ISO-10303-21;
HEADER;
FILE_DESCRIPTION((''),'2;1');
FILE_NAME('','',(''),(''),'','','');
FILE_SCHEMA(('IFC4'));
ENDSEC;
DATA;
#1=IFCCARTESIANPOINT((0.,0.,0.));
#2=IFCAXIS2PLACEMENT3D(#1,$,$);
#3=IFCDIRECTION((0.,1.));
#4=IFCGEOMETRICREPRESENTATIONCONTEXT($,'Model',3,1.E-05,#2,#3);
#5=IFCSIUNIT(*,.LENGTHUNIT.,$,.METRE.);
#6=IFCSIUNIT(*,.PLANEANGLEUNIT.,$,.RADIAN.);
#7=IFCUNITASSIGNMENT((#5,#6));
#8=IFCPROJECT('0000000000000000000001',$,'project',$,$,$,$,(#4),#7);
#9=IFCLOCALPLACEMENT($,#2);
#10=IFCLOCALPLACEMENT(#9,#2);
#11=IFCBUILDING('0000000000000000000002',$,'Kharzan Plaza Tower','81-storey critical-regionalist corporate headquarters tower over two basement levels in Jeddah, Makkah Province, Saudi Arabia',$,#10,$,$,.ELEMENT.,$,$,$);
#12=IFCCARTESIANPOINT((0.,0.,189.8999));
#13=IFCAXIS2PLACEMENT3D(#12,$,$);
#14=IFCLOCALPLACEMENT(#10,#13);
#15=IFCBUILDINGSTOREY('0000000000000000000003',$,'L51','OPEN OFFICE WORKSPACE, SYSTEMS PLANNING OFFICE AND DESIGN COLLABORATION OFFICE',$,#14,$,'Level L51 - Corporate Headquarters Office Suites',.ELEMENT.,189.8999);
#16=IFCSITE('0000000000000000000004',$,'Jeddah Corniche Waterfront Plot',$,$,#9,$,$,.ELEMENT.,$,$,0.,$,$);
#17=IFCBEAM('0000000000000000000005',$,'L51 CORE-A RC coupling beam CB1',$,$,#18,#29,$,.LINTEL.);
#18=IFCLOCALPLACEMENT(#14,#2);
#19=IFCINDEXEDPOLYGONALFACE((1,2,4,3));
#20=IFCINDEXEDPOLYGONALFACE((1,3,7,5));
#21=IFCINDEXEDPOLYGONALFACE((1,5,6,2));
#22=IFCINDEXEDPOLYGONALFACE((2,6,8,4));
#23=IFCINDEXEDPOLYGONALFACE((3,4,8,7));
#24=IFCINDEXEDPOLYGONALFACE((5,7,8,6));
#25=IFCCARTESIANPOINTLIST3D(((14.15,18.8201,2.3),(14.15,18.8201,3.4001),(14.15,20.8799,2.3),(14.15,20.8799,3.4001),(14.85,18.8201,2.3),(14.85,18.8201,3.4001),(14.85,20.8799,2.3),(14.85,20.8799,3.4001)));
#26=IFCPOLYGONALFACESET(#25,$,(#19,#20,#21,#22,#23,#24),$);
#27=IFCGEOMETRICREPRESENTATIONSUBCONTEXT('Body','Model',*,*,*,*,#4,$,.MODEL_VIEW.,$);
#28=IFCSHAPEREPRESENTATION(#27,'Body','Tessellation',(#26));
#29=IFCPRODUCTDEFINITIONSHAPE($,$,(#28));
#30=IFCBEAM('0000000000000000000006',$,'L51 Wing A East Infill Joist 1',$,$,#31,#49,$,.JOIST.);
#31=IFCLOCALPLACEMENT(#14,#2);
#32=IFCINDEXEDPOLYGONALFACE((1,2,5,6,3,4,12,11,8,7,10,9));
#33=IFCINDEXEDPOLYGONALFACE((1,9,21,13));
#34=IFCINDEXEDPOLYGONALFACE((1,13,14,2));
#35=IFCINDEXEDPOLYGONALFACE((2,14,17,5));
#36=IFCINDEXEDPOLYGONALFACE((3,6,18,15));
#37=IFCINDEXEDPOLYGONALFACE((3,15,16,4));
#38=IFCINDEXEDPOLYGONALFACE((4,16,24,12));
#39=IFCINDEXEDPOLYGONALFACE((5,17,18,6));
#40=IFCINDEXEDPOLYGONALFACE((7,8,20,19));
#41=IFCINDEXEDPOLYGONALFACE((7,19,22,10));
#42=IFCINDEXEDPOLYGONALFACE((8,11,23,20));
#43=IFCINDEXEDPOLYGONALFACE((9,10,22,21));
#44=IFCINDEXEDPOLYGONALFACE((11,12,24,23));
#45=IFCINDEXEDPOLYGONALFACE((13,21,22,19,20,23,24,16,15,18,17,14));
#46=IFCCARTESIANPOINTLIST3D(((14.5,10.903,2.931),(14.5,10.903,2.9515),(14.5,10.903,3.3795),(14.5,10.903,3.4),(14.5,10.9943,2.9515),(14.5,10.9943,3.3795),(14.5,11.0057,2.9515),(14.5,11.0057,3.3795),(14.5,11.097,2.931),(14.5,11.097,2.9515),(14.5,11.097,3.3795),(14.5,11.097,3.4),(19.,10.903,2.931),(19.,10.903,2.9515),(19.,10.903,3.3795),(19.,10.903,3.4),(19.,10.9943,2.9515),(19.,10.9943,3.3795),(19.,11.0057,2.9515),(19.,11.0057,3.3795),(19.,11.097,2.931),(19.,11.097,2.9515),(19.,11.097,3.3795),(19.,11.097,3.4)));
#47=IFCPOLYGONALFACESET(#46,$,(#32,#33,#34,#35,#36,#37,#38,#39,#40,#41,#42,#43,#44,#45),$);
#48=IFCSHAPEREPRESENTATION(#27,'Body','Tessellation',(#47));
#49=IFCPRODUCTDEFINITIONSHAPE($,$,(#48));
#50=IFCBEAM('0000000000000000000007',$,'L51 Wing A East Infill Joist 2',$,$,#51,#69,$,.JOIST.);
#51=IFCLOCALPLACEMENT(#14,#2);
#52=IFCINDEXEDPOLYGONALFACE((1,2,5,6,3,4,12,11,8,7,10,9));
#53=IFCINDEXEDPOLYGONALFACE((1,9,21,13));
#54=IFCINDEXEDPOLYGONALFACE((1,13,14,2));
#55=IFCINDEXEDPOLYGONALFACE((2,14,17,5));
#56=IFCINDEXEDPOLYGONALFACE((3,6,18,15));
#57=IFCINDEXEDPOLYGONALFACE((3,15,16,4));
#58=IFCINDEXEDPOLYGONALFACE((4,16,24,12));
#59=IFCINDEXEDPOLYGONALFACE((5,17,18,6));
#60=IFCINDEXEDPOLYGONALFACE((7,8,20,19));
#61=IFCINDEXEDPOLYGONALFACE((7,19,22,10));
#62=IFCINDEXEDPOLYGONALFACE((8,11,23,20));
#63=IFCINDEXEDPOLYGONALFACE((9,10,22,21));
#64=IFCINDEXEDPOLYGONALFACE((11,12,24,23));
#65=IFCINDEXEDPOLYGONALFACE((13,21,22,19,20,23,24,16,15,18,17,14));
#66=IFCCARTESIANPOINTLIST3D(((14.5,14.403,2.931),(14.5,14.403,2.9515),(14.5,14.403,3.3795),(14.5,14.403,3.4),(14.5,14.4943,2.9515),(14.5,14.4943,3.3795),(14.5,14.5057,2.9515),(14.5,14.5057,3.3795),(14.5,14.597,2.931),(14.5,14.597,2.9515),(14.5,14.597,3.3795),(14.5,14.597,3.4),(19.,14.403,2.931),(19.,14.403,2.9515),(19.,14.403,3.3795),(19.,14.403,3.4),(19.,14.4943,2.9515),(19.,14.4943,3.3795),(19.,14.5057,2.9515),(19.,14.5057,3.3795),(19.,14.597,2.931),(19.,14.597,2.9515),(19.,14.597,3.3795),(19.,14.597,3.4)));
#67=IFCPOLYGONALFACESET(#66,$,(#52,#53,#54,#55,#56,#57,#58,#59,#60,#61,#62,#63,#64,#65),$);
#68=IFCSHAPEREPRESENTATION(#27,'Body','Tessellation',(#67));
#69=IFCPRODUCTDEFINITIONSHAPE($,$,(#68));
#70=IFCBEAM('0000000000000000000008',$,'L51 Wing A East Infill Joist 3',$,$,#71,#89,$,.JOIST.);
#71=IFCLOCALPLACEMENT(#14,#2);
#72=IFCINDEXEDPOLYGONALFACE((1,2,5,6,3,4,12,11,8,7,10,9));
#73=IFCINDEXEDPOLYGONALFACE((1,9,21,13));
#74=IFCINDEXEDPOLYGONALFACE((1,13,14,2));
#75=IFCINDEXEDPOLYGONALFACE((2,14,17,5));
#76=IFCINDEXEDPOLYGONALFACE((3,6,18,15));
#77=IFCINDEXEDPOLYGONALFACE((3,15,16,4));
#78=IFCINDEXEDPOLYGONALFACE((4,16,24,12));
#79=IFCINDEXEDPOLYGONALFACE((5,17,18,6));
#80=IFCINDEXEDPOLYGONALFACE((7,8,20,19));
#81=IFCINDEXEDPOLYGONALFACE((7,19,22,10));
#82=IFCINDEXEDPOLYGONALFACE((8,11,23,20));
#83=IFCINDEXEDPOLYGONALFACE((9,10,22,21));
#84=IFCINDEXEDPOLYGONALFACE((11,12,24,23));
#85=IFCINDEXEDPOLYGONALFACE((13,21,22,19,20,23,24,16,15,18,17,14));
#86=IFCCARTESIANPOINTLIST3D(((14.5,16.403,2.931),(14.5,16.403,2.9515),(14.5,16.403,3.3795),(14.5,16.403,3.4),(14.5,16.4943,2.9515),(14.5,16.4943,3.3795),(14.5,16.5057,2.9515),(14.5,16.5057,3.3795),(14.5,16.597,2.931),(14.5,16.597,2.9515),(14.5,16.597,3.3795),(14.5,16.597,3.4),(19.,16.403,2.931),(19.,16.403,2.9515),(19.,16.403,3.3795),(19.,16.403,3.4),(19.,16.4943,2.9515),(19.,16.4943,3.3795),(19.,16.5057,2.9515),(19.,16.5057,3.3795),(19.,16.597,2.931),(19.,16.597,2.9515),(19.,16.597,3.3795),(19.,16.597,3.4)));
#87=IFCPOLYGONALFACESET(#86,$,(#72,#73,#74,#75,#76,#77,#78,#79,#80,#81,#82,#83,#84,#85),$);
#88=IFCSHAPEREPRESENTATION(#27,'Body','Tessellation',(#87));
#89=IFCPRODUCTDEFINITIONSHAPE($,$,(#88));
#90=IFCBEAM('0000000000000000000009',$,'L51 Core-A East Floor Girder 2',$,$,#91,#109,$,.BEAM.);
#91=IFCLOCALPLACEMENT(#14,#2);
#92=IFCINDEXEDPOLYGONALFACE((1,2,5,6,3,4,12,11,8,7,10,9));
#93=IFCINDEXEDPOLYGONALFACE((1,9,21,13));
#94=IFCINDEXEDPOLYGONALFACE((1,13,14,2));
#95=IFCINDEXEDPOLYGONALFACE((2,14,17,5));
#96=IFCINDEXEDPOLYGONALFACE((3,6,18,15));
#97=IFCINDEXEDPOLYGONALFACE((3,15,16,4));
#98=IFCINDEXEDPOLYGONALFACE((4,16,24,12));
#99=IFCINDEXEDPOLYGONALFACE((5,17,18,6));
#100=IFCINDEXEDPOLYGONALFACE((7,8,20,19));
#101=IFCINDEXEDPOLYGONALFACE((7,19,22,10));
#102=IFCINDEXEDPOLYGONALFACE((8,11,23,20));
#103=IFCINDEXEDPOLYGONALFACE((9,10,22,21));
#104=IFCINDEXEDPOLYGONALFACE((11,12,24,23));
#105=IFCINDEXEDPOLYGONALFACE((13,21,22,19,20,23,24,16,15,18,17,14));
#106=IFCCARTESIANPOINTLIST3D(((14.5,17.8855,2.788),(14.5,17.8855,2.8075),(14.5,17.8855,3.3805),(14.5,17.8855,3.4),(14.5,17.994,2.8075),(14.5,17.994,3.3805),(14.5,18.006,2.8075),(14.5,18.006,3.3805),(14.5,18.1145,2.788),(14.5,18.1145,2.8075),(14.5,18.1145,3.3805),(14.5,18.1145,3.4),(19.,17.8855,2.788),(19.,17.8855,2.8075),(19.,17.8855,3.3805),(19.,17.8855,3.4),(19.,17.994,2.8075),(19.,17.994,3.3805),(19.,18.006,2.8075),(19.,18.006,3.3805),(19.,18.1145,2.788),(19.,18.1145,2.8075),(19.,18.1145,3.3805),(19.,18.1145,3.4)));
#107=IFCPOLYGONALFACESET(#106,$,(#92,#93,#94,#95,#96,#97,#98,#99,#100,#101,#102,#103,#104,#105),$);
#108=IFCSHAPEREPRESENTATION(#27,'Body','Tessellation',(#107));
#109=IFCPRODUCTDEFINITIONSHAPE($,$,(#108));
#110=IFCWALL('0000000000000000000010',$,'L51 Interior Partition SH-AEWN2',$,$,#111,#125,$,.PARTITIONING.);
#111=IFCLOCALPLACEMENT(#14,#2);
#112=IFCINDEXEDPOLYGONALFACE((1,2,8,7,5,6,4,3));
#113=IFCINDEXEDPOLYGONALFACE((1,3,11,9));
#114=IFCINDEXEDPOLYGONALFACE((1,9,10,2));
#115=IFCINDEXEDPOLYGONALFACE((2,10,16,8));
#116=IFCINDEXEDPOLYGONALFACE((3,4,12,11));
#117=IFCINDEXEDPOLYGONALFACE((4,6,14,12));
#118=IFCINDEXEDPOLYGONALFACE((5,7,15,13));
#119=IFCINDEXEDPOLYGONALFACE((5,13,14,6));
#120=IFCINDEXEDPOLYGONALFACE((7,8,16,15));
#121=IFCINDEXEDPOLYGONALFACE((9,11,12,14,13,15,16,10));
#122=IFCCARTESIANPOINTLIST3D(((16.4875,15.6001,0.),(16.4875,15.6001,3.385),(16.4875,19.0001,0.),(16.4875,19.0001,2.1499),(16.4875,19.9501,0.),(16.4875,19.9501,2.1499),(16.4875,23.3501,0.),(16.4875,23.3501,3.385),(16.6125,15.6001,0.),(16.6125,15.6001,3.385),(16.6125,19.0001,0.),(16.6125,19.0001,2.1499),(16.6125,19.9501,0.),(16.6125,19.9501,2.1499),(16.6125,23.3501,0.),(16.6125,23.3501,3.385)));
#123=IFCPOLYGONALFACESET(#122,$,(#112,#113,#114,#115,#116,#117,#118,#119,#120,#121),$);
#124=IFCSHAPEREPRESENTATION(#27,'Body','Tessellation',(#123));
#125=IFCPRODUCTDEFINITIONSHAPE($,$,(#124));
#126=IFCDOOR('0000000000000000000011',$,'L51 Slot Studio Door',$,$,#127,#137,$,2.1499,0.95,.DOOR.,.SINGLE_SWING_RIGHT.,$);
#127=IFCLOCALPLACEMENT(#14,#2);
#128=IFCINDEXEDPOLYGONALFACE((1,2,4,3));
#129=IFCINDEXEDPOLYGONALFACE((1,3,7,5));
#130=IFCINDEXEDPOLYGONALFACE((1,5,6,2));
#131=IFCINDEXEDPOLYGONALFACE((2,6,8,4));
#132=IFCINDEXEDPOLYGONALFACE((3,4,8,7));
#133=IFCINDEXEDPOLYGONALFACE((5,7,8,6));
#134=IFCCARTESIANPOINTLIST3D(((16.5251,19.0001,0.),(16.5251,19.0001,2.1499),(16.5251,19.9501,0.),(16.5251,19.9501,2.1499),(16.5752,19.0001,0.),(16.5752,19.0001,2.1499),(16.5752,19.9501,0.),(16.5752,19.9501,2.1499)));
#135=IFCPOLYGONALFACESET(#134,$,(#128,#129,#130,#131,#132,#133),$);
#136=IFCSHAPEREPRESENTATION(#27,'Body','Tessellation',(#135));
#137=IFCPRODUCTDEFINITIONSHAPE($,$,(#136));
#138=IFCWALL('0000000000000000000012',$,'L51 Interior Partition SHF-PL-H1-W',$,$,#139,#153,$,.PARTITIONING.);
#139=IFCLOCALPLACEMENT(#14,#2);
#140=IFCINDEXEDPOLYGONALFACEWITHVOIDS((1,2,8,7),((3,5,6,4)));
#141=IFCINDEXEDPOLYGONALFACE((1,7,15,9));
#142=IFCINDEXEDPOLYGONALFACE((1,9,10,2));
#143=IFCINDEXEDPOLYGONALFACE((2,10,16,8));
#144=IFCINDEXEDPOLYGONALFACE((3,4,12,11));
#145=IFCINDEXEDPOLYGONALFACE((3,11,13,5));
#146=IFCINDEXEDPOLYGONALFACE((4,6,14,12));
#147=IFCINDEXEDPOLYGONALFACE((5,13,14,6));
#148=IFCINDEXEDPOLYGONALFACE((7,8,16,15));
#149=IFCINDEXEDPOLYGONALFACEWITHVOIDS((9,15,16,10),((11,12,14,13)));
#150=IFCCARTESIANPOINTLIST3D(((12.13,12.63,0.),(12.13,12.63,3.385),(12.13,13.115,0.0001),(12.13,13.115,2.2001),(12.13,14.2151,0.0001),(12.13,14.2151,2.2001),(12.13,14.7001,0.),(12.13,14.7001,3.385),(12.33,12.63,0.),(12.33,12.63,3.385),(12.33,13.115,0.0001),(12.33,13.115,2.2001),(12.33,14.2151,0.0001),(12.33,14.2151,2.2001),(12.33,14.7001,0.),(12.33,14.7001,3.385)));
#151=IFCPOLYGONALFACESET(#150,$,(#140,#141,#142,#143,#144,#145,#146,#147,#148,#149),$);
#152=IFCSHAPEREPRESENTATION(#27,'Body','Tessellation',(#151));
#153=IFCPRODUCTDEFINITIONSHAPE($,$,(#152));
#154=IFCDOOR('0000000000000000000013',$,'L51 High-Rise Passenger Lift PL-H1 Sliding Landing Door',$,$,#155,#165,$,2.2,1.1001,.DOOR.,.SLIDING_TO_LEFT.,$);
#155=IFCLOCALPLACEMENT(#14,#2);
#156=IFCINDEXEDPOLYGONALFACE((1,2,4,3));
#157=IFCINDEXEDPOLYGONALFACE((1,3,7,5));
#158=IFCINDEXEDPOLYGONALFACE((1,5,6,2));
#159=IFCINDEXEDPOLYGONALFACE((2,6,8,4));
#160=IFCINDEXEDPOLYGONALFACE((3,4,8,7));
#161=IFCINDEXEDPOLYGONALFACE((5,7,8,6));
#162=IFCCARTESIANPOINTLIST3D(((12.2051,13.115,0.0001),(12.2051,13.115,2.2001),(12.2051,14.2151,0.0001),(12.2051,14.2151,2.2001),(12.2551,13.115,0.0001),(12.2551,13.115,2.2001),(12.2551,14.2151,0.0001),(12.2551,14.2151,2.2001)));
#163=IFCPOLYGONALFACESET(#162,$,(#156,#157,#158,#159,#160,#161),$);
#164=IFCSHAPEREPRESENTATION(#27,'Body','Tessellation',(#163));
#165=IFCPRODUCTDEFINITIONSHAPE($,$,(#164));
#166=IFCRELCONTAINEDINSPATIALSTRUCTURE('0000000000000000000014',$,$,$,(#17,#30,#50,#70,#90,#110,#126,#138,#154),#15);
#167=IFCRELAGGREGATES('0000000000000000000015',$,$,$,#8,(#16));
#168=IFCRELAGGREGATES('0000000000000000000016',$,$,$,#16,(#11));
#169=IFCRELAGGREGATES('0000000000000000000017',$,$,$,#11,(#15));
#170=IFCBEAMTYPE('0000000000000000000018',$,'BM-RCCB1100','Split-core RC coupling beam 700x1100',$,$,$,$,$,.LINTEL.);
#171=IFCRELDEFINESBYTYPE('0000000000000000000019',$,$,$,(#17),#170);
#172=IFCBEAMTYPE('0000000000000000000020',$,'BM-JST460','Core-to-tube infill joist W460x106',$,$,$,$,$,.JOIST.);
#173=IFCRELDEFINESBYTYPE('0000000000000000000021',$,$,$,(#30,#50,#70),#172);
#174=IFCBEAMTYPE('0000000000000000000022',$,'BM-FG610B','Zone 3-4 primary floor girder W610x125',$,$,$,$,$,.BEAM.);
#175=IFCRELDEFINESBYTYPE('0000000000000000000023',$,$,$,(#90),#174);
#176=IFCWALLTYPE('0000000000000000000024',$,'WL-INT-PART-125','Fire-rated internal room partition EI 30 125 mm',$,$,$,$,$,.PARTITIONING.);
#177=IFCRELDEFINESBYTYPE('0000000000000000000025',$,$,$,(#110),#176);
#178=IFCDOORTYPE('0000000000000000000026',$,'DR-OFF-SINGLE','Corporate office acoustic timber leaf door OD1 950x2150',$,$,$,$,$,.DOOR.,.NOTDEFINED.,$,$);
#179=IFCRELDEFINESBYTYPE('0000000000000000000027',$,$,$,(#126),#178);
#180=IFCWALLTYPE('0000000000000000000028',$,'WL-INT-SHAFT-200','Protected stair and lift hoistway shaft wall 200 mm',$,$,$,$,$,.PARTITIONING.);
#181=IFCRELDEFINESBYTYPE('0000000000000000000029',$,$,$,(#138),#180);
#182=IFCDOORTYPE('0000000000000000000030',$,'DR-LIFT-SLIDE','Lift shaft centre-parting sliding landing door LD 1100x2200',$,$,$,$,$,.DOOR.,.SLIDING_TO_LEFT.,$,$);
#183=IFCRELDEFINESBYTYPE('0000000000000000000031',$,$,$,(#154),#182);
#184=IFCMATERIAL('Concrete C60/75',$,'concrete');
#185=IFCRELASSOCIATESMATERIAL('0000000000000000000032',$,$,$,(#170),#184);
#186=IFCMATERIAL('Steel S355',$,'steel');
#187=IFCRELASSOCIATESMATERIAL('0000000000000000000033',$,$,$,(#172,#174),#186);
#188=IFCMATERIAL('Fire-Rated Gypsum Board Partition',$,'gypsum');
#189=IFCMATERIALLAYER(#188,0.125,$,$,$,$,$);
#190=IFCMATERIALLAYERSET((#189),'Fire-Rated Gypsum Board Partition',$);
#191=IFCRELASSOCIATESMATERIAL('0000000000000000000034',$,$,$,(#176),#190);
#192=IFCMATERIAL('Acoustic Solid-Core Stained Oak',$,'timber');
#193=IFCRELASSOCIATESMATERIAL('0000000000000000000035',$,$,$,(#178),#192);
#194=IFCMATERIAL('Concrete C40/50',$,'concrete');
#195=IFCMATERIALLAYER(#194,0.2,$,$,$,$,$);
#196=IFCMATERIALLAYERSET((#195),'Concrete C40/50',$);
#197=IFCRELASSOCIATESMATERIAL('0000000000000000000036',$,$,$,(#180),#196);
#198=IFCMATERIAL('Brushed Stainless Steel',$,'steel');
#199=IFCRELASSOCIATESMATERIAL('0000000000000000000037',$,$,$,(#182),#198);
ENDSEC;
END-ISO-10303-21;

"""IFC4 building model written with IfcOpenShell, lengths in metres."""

from ifc_helpers import new_model, si_unit, direction, frame, frame_2d, origin, origin_2d, place, context, subcontext, project, spatial, rectangle, i_section, extrude, source, transform, mapped, material, layer, layer_set, material_profile, profile_set, type_object, element, fill, save


model = new_model("IFC4")

# Units and contexts
model_context = context("Model", 3, precision=1e-05, world=origin(), true_north=direction((0.0, 1.0)))
body_context = subcontext(model_context, "Body", "Model", "MODEL_VIEW")
ifc_project = project(units=[si_unit("LENGTHUNIT", "METRE"), si_unit("PLANEANGLEUNIT", "RADIAN")], contexts=[model_context])

# Site, building, storey
site_placement = place(None, origin())
site = spatial("IfcSite", under=ifc_project, at=site_placement, Name="Jeddah Corniche Waterfront Plot", CompositionType="ELEMENT", RefElevation=0.0)
building_placement = place(site_placement, origin())
building = spatial("IfcBuilding", under=site, at=building_placement, Name="Kharzan Plaza Tower", Description="81-storey critical-regionalist corporate headquarters tower over two basement levels in Jeddah, Makkah Province, Saudi Arabia", CompositionType="ELEMENT")
storey_placement = place(building_placement, frame((0.0, 0.0, 189.8999)))
storey = spatial("IfcBuildingStorey", under=building, at=storey_placement, Name="L51", Description="OPEN OFFICE WORKSPACE, SYSTEMS PLANNING OFFICE AND DESIGN COLLABORATION OFFICE", LongName="Level L51 - Corporate Headquarters Office Suites", CompositionType="ELEMENT", Elevation=189.8999)

# Beams
ifc_material_1 = material(Name="Concrete C60/75", Category="concrete")
ifc_material_profile_1 = material_profile(ifc_material_1, rectangle(XDim=0.7, YDim=1.1001, at=origin_2d()), Name="RC-CB1100x700")
ifc_profile_set_1 = profile_set([ifc_material_profile_1], Name="Concrete C60/75")
beam_type_1 = type_object("IfcBeamType", Name="BM-RCCB1100", Description="Split-core RC coupling beam 700x1100", PredefinedType="LINTEL", material=ifc_profile_set_1)
shared_shape_1 = source(origin(), body_context, "Body", "SweptSolid", [
    extrude(rectangle(XDim=0.7, YDim=1.1001, at=origin_2d()), origin(), (0.0, 0.0, 1.0), 2.0598),
])
beam_1_placement = place(storey_placement, frame((14.5, 18.8201, 2.8501), z_axis=(0.0, 1.0, 0.0), x_axis=(-1.0, 0.0, 0.0)))
element("IfcBeam", 1, at=beam_1_placement, inside=storey, type_object=beam_type_1, Name="L51 CORE-A RC coupling beam CB1", PredefinedType="LINTEL", context=body_context, shape_type="MappedRepresentation", body=[
    mapped(shared_shape_1, transform((0.0, 0.0, 0.0), x_axis=(1.0, 0.0, 0.0), y_axis=(0.0, 1.0, 0.0), z_axis=(0.0, 0.0, 1.0))),
])
ifc_material_2 = material(Name="Steel S355", Category="steel")
ifc_material_profile_2 = material_profile(ifc_material_2, i_section(OverallWidth=0.1941, OverallDepth=0.469, WebThickness=0.0115, FlangeThickness=0.0205, at=origin_2d()), Name="W460x106")
ifc_profile_set_2 = profile_set([ifc_material_profile_2], Name="Steel S355")
beam_type_2 = type_object("IfcBeamType", Name="BM-JST460", Description="Core-to-tube infill joist W460x106", PredefinedType="JOIST", material=ifc_profile_set_2)
shared_shape_2 = source(origin(), body_context, "Body", "SweptSolid", [
    extrude(i_section(OverallWidth=0.1941, OverallDepth=0.469, WebThickness=0.0115, FlangeThickness=0.0205, at=origin_2d()), origin(), (0.0, 0.0, 1.0), 4.5),
])
for number, where, z_axis, x_axis, name in (
    (2, (14.5, 11.0, 3.1655), (1.0, 0.0, 0.0), (0.0, 1.0, 0.0), "L51 Wing A East Infill Joist 1"),
    (3, (14.5, 14.5, 3.1655), (1.0, 0.0, 0.0), (0.0, 1.0, 0.0), "L51 Wing A East Infill Joist 2"),
    (4, (14.5, 16.5, 3.1655), (1.0, 0.0, 0.0), (0.0, 1.0, 0.0), "L51 Wing A East Infill Joist 3"),
):
    element("IfcBeam", number, at=place(storey_placement, frame(where, z_axis=z_axis, x_axis=x_axis)), inside=storey, type_object=beam_type_2, Name=name, PredefinedType="JOIST", context=body_context, shape_type="MappedRepresentation", body=[
        mapped(shared_shape_2, transform((0.0, 0.0, 0.0), x_axis=(1.0, 0.0, 0.0), y_axis=(0.0, 1.0, 0.0), z_axis=(0.0, 0.0, 1.0))),
    ])
ifc_material_profile_3 = material_profile(ifc_material_2, i_section(OverallWidth=0.229, OverallDepth=0.6121, WebThickness=0.012, FlangeThickness=0.0195, at=origin_2d()), Name="W610x125")
ifc_profile_set_3 = profile_set([ifc_material_profile_3], Name="Steel S355")
beam_type_3 = type_object("IfcBeamType", Name="BM-FG610B", Description="Zone 3-4 primary floor girder W610x125", PredefinedType="BEAM", material=ifc_profile_set_3)
shared_shape_3 = source(origin(), body_context, "Body", "SweptSolid", [
    extrude(i_section(OverallWidth=0.229, OverallDepth=0.6121, WebThickness=0.012, FlangeThickness=0.0195, at=origin_2d()), origin(), (0.0, 0.0, 1.0), 4.5),
])
beam_2_placement = place(storey_placement, frame((14.5, 18.0, 3.094), z_axis=(1.0, 0.0, 0.0), x_axis=(0.0, 1.0, 0.0)))
element("IfcBeam", 5, at=beam_2_placement, inside=storey, type_object=beam_type_3, Name="L51 Core-A East Floor Girder 2", PredefinedType="BEAM", context=body_context, shape_type="MappedRepresentation", body=[
    mapped(shared_shape_3, transform((0.0, 0.0, 0.0), x_axis=(1.0, 0.0, 0.0), y_axis=(0.0, 1.0, 0.0), z_axis=(0.0, 0.0, 1.0))),
])

# Walls, openings, doors
ifc_material_3 = material(Name="Fire-Rated Gypsum Board Partition", Category="gypsum")
ifc_layer_1 = layer(ifc_material_3, 0.125)
ifc_layer_set_1 = layer_set([ifc_layer_1], Name="Fire-Rated Gypsum Board Partition")
wall_type_1 = type_object("IfcWallType", Name="WL-INT-PART-125", Description="Fire-rated internal room partition EI 30 125 mm", PredefinedType="PARTITIONING", material=ifc_layer_set_1)
ifc_material_4 = material(Name="Acoustic Solid-Core Stained Oak", Category="timber")
door_type_1 = type_object("IfcDoorType", Name="DR-OFF-SINGLE", Description="Corporate office acoustic timber leaf door OD1 950x2150", OperationType="NOTDEFINED", PredefinedType="DOOR", material=ifc_material_4)
shared_shape_4 = source(origin(), body_context, "Body", "SweptSolid", [
    extrude(rectangle(XDim=0.95, YDim=2.1499, at=frame_2d((0.4751, 1.075))), frame((0.0, 0.0249, 0.0), z_axis=(0.0, -1.0, 0.0), x_axis=(1.0, 0.0, 0.0)), (0.0, 0.0, 1.0), 0.05),
])
wall_1_placement = place(storey_placement, frame((16.55, 15.6001, 0.0), z_axis=(0.0, 0.0, 1.0), x_axis=(0.0, 1.0, 0.0)))
wall_1 = element("IfcWall", 6, at=wall_1_placement, inside=storey, type_object=wall_type_1, Name="L51 Interior Partition SH-AEWN2", PredefinedType="PARTITIONING", context=body_context, shape_type="SweptSolid", body=[
    extrude(rectangle(XDim=7.75, YDim=0.125, at=frame_2d((3.875, 0.0))), origin(), (0.0, 0.0, 1.0), 3.385),
])
opening_1_placement = place(wall_1_placement, frame((3.3999, 0.0, 0.0)))
opening_1 = element("IfcOpeningElement", 7, at=opening_1_placement, cuts=wall_1, PredefinedType="OPENING", context=body_context, shape_type="SweptSolid", body=[
    extrude(rectangle(XDim=0.95, YDim=2.1499, at=frame_2d((0.4751, 1.075))), frame((0.0, 0.0725, 0.0), z_axis=(0.0, -1.0, 0.0), x_axis=(1.0, 0.0, 0.0)), (0.0, 0.0, 1.0), 0.145),
])
door_1_placement = place(opening_1_placement, origin())
door_1 = element("IfcDoor", 8, at=door_1_placement, inside=storey, type_object=door_type_1, Name="L51 Slot Studio Door", OperationType="SINGLE_SWING_RIGHT", OverallHeight=2.1499, OverallWidth=0.95, PredefinedType="DOOR", context=body_context, shape_type="MappedRepresentation", body=[
    mapped(shared_shape_4, transform((0.0, 0.0, 0.0), x_axis=(1.0, 0.0, 0.0), y_axis=(0.0, 1.0, 0.0), z_axis=(0.0, 0.0, 1.0))),
])
fill(opening_1, door_1)
ifc_material_5 = material(Name="Concrete C40/50", Category="concrete")
ifc_layer_2 = layer(ifc_material_5, 0.2)
ifc_layer_set_2 = layer_set([ifc_layer_2], Name="Concrete C40/50")
wall_type_2 = type_object("IfcWallType", Name="WL-INT-SHAFT-200", Description="Protected stair and lift hoistway shaft wall 200 mm", PredefinedType="PARTITIONING", material=ifc_layer_set_2)
wall_2_placement = place(storey_placement, frame((12.23, 12.6299, 0.0), z_axis=(0.0, 0.0, 1.0), x_axis=(0.0, 1.0, 0.0)))
wall_2 = element("IfcWall", 9, at=wall_2_placement, inside=storey, type_object=wall_type_2, Name="L51 Interior Partition SHF-PL-H1-W", PredefinedType="PARTITIONING", context=body_context, shape_type="SweptSolid", body=[
    extrude(rectangle(XDim=2.0701, YDim=0.2, at=frame_2d((1.0352, 0.0))), origin(), (0.0, 0.0, 1.0), 3.385),
])
opening_2_placement = place(wall_2_placement, frame((0.4851, 0.0, 0.0)))
opening_2 = element("IfcOpeningElement", 10, at=opening_2_placement, cuts=wall_2, PredefinedType="OPENING", context=body_context, shape_type="SweptSolid", body=[
    extrude(rectangle(XDim=1.1001, YDim=2.2, at=frame_2d((0.55, 1.1001))), frame((0.0, 0.1099, 0.0), z_axis=(0.0, -1.0, 0.0), x_axis=(1.0, 0.0, 0.0)), (0.0, 0.0, 1.0), 0.22),
])
ifc_material_6 = material(Name="Brushed Stainless Steel", Category="steel")
door_type_2 = type_object("IfcDoorType", Name="DR-LIFT-SLIDE", Description="Lift shaft centre-parting sliding landing door LD 1100x2200", OperationType="SLIDING_TO_LEFT", PredefinedType="DOOR", material=ifc_material_6)
shared_shape_5 = source(origin(), body_context, "Body", "SweptSolid", [
    extrude(rectangle(XDim=1.1001, YDim=2.2, at=frame_2d((0.55, 1.1001))), frame((0.0, 0.0249, 0.0), z_axis=(0.0, -1.0, 0.0), x_axis=(1.0, 0.0, 0.0)), (0.0, 0.0, 1.0), 0.05),
])
door_2_placement = place(opening_2_placement, origin())
door_2 = element("IfcDoor", 11, at=door_2_placement, inside=storey, type_object=door_type_2, Name="L51 High-Rise Passenger Lift PL-H1 Sliding Landing Door", OperationType="SLIDING_TO_LEFT", OverallHeight=2.2, OverallWidth=1.1001, PredefinedType="DOOR", context=body_context, shape_type="MappedRepresentation", body=[
    mapped(shared_shape_5, transform((0.0, 0.0, 0.0), x_axis=(1.0, 0.0, 0.0), y_axis=(0.0, 1.0, 0.0), z_axis=(0.0, 0.0, 1.0))),
])
fill(opening_2, door_2)

save(model, "model.ifc")
